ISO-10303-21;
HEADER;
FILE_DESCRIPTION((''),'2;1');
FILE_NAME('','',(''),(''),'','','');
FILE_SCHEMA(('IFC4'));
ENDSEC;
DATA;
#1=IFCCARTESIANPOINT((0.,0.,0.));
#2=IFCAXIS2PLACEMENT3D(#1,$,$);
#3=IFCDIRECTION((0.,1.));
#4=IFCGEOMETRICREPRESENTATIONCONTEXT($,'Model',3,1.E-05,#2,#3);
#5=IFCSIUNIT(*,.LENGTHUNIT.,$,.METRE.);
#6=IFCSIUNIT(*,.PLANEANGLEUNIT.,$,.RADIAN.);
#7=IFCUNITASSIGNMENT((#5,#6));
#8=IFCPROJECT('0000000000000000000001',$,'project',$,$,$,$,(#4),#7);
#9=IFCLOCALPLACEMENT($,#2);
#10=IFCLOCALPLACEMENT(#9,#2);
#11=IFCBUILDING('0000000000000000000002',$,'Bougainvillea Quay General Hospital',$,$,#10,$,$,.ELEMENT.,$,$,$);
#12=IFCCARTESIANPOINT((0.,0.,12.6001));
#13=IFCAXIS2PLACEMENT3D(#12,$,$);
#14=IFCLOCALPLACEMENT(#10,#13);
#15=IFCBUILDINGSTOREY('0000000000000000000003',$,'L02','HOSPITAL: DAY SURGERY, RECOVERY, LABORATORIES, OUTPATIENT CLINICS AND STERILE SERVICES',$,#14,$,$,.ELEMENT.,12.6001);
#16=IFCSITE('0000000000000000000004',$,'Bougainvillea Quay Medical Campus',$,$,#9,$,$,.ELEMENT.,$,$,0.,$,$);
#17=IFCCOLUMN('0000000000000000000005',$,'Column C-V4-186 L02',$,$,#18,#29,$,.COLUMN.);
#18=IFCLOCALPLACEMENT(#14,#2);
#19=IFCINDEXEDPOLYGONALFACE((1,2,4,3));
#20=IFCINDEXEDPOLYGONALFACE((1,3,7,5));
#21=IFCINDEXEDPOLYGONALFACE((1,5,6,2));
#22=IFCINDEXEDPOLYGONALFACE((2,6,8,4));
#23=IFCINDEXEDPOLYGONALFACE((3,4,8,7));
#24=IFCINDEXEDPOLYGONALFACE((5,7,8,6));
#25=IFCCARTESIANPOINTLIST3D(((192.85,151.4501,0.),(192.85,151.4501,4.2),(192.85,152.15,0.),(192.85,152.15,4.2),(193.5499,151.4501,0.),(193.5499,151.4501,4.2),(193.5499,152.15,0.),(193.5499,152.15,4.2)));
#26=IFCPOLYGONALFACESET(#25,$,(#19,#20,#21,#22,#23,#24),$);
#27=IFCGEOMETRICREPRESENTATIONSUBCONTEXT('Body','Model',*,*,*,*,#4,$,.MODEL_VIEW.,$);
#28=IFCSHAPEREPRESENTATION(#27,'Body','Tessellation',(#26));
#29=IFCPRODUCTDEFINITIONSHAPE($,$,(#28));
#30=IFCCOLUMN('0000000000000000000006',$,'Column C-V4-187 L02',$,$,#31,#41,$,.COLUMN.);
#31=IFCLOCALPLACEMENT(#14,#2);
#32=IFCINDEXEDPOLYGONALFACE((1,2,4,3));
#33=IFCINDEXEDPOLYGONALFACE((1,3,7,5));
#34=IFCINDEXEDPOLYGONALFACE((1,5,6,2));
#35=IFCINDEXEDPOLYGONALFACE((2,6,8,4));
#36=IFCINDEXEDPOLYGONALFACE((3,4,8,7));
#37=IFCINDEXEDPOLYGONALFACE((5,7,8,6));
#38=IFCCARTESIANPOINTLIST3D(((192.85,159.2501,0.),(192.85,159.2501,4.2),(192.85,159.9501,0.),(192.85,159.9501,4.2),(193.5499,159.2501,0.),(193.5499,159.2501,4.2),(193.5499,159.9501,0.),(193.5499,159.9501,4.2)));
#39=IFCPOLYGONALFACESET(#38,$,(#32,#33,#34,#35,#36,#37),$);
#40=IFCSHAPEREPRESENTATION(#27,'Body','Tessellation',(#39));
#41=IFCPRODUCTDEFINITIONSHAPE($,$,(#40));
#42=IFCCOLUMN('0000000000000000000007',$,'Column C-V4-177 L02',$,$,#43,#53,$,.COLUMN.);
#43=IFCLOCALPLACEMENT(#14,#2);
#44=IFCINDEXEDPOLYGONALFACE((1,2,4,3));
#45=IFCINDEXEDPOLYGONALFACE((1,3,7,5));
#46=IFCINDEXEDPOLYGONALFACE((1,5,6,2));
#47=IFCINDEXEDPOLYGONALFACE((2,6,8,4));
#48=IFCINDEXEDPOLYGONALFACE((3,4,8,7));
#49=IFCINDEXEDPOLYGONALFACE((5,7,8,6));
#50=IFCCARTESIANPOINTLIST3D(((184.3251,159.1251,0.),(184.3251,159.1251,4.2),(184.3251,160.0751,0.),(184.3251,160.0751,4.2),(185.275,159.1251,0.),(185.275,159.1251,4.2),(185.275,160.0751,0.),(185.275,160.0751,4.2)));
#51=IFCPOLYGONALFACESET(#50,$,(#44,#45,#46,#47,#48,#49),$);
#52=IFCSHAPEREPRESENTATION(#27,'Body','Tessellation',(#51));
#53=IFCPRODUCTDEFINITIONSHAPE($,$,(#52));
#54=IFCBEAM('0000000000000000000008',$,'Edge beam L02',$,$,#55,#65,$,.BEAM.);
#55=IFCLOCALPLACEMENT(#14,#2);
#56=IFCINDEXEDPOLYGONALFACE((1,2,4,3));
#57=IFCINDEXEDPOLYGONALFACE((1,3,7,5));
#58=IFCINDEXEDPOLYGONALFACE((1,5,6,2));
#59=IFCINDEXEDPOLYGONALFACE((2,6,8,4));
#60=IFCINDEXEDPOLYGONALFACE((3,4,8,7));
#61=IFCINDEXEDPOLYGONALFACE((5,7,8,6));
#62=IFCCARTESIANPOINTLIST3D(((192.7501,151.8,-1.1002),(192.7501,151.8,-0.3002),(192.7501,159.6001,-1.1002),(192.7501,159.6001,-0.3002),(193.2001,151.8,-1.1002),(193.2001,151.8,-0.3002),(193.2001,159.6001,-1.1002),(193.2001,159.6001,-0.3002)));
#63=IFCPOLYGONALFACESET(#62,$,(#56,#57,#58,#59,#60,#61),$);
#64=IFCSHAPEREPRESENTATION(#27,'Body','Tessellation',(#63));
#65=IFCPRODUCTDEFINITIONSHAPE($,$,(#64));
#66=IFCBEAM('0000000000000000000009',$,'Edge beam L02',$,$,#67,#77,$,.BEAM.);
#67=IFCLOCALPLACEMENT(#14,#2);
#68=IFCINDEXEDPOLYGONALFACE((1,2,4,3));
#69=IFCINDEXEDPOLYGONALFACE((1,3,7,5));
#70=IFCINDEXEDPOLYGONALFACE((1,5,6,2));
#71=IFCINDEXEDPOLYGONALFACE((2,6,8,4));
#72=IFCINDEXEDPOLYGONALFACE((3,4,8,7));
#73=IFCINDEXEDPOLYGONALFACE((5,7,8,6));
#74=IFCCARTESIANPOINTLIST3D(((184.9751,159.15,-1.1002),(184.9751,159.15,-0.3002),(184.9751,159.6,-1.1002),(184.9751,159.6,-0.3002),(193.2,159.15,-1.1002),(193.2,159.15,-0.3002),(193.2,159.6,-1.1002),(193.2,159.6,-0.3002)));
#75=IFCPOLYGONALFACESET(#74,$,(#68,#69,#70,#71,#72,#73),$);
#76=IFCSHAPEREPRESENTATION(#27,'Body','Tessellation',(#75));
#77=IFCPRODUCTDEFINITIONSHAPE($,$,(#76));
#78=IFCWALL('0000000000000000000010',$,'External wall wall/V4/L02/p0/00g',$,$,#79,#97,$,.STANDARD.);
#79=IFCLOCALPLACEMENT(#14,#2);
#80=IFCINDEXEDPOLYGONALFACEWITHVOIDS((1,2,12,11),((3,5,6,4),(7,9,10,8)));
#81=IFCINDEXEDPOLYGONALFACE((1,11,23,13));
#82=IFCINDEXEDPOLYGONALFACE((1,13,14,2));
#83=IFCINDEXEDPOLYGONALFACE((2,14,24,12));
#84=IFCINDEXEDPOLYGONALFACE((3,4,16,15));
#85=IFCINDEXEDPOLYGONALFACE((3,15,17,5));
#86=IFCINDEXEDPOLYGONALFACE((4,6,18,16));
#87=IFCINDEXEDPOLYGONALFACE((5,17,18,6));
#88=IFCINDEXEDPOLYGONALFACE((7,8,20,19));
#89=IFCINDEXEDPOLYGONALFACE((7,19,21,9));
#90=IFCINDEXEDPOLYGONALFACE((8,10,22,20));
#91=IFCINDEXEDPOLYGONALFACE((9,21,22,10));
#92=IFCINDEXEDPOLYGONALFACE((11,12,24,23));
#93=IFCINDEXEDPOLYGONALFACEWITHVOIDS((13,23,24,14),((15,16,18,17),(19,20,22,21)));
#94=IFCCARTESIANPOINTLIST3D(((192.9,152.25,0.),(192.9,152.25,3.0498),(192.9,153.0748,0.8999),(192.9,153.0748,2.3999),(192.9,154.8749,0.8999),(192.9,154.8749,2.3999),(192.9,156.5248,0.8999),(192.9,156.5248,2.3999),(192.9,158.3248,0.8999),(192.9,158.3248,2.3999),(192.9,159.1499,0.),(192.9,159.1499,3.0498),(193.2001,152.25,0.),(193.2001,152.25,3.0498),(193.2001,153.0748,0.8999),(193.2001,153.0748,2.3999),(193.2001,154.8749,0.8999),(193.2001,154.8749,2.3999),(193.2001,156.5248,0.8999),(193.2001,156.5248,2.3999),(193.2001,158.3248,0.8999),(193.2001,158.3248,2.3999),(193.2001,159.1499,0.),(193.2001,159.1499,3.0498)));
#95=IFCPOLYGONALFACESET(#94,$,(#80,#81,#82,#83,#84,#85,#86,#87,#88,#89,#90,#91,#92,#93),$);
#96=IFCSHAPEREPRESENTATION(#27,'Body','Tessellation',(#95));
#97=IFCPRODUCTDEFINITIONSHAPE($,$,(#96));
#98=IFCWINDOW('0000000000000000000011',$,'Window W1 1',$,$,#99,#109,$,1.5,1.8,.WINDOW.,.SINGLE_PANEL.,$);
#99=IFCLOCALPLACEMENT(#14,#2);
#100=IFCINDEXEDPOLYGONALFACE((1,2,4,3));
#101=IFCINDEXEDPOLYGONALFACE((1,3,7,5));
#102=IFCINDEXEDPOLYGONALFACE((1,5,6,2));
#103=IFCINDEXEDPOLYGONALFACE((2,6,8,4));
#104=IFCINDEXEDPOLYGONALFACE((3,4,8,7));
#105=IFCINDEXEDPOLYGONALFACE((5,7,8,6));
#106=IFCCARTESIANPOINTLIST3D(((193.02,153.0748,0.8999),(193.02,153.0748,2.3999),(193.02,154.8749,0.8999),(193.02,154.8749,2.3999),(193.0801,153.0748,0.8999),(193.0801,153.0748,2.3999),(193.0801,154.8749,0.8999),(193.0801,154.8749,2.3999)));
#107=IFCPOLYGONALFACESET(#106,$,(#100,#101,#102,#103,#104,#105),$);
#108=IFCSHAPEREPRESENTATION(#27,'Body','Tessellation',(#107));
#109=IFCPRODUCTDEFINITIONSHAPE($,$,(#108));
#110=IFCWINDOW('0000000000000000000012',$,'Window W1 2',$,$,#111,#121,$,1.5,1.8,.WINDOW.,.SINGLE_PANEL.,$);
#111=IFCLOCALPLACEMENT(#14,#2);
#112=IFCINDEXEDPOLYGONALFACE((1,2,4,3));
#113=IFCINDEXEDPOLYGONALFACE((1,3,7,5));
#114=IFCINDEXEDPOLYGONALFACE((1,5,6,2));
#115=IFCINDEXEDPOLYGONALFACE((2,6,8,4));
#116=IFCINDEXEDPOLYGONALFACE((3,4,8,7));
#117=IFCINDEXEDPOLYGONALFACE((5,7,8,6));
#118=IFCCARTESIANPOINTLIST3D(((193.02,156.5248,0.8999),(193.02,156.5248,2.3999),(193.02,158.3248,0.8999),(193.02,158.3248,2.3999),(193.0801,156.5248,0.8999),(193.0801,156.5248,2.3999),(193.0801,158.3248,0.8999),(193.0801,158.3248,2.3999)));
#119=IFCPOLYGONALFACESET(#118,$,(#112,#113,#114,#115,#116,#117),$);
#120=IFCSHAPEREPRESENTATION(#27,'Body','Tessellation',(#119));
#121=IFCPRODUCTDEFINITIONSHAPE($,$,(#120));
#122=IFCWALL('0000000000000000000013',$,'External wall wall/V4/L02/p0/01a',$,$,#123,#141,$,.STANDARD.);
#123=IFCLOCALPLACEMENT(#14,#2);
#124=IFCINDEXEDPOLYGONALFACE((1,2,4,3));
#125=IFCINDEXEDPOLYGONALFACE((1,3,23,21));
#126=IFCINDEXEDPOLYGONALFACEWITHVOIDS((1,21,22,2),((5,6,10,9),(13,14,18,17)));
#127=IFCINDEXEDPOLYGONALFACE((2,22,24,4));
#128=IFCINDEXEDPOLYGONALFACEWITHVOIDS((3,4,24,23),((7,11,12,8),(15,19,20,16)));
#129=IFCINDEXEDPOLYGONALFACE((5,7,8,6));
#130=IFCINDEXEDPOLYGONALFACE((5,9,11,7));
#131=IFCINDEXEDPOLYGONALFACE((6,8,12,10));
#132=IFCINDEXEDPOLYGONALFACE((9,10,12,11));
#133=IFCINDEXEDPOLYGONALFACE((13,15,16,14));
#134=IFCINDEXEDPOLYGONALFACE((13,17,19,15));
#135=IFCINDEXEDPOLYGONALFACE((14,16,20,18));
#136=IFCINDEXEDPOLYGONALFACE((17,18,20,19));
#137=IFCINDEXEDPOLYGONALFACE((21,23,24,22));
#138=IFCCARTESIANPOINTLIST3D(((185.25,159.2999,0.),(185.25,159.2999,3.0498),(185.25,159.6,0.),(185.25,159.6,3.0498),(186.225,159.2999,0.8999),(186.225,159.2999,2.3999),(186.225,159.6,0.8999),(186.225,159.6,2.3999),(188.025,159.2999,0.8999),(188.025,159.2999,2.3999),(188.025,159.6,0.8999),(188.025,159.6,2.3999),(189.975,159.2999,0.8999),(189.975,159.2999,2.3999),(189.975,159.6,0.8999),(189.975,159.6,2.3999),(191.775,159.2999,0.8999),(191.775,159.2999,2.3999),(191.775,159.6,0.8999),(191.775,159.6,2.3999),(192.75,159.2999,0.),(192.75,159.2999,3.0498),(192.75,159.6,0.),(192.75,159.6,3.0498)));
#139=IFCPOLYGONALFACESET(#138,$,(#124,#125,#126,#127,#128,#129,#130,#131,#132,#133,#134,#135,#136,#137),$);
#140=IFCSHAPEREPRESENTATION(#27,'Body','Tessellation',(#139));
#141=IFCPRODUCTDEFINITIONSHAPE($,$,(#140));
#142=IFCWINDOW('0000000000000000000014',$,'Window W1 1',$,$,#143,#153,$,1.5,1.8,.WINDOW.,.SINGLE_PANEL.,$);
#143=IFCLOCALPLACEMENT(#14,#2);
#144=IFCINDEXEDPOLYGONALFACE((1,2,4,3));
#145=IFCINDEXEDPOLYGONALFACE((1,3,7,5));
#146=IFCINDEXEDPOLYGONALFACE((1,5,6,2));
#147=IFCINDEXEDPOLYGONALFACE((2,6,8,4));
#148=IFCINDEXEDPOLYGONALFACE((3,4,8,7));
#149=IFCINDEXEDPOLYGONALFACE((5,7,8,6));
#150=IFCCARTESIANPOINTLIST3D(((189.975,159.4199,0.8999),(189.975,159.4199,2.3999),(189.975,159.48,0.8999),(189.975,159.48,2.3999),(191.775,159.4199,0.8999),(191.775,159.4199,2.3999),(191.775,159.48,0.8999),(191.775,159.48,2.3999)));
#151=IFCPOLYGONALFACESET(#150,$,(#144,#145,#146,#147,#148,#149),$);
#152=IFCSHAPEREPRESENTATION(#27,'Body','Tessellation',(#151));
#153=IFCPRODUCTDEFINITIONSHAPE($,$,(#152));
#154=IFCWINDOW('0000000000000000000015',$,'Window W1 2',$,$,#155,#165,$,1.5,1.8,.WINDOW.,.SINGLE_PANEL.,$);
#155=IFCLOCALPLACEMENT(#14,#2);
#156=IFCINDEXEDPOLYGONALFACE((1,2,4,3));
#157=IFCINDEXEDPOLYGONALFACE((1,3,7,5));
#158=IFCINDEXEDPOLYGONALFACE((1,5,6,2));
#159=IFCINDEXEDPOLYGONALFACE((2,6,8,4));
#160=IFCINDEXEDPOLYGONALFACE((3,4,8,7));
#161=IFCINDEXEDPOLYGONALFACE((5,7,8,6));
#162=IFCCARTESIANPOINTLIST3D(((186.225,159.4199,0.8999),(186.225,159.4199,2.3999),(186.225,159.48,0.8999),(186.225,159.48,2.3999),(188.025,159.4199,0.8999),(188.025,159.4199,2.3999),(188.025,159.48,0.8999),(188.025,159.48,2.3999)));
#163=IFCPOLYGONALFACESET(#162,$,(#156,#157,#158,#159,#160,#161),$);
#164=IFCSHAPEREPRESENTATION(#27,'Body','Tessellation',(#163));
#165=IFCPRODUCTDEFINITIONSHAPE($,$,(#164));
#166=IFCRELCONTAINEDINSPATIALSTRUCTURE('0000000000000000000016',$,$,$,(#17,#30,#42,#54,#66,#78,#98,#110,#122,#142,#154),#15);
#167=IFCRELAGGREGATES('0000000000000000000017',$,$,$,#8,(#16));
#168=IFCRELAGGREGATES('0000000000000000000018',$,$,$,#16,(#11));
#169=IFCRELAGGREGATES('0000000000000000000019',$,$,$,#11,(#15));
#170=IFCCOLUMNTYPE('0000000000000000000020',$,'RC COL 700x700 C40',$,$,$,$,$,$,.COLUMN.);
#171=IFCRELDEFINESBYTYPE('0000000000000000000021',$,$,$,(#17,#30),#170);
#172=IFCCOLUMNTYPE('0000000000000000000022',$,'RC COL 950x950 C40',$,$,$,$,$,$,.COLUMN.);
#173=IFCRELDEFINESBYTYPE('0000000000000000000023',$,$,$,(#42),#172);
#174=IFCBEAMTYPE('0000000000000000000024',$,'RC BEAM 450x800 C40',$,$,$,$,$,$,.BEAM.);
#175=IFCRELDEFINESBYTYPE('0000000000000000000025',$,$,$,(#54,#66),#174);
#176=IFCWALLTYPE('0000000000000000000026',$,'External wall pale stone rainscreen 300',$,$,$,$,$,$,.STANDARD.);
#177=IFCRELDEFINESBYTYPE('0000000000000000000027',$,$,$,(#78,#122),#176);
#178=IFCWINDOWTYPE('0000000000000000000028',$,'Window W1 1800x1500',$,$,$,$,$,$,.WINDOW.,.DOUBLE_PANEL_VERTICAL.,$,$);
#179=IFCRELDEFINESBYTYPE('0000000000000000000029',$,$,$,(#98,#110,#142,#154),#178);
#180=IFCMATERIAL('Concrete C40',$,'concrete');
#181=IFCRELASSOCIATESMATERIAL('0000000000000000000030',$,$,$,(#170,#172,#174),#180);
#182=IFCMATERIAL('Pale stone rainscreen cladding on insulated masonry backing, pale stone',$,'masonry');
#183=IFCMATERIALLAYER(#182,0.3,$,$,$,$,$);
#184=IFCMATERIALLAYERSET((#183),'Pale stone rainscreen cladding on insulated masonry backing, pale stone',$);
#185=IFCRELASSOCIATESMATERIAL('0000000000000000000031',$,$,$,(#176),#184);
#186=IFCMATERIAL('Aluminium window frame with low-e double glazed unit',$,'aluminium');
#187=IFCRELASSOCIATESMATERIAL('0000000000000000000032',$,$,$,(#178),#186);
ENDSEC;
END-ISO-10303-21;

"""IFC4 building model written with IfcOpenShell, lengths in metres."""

from ifc_helpers import new_model, si_unit, direction, frame, frame_2d, origin, origin_2d, place, context, subcontext, project, spatial, rectangle, extrude, material, layer, layer_set, material_profile, profile_set, type_object, element, fill, save


model = new_model("IFC4")

# Units and contexts
model_context = context("Model", 3, precision=1e-05, world=origin(), true_north=direction((0.0, 1.0)))
body_context = subcontext(model_context, "Body", "Model", "MODEL_VIEW")
ifc_project = project(units=[si_unit("LENGTHUNIT", "METRE"), si_unit("PLANEANGLEUNIT", "RADIAN")], contexts=[model_context])

# Site, building, storey
site_placement = place(None, origin())
site = spatial("IfcSite", under=ifc_project, at=site_placement, Name="Bougainvillea Quay Medical Campus", CompositionType="ELEMENT", RefElevation=0.0)
building_placement = place(site_placement, origin())
building = spatial("IfcBuilding", under=site, at=building_placement, Name="Bougainvillea Quay General Hospital", CompositionType="ELEMENT")
storey_placement = place(building_placement, frame((0.0, 0.0, 12.6001)))
storey = spatial("IfcBuildingStorey", under=building, at=storey_placement, Name="L02", Description="HOSPITAL: DAY SURGERY, RECOVERY, LABORATORIES, OUTPATIENT CLINICS AND STERILE SERVICES", CompositionType="ELEMENT", Elevation=12.6001)

# Columns
ifc_material_1 = material(Name="Concrete C40", Category="concrete")
ifc_material_profile_1 = material_profile(ifc_material_1, rectangle(XDim=0.7, YDim=0.7, at=origin_2d()))
ifc_profile_set_1 = profile_set([ifc_material_profile_1], Name="Concrete C40")
column_type_1 = type_object("IfcColumnType", Name="RC COL 700x700 C40", PredefinedType="COLUMN", material=ifc_profile_set_1)
for number, where, z_axis, x_axis, name in (
    (1, (193.2, 151.8, 0.0), (0.0, 0.0, 1.0), (1.0, 0.0, 0.0), "Column C-V4-186 L02"),
    (2, (193.2, 159.6001, 0.0), (0.0, 0.0, 1.0), (1.0, 0.0, 0.0), "Column C-V4-187 L02"),
):
    element("IfcColumn", number, at=place(storey_placement, frame(where, z_axis=z_axis, x_axis=x_axis)), inside=storey, type_object=column_type_1, Name=name, PredefinedType="COLUMN", context=body_context, shape_type="SweptSolid", body=[
        extrude(rectangle(XDim=0.7, YDim=0.7, at=origin_2d()), origin(), (0.0, 0.0, 1.0), 4.2),
    ])
ifc_material_profile_2 = material_profile(ifc_material_1, rectangle(XDim=0.95, YDim=0.95, at=origin_2d()))
ifc_profile_set_2 = profile_set([ifc_material_profile_2], Name="Concrete C40")
column_type_2 = type_object("IfcColumnType", Name="RC COL 950x950 C40", PredefinedType="COLUMN", material=ifc_profile_set_2)
column_placement = place(storey_placement, frame((184.8, 159.6001, 0.0), z_axis=(0.0, 0.0, 1.0), x_axis=(1.0, 0.0, 0.0)))
element("IfcColumn", 3, at=column_placement, inside=storey, type_object=column_type_2, Name="Column C-V4-177 L02", PredefinedType="COLUMN", context=body_context, shape_type="SweptSolid", body=[
    extrude(rectangle(XDim=0.95, YDim=0.95, at=origin_2d()), origin(), (0.0, 0.0, 1.0), 4.2),
])

# Beams
ifc_material_profile_3 = material_profile(ifc_material_1, rectangle(XDim=0.45, YDim=0.8, at=origin_2d()))
ifc_profile_set_3 = profile_set([ifc_material_profile_3], Name="Concrete C40")
beam_type = type_object("IfcBeamType", Name="RC BEAM 450x800 C40", PredefinedType="BEAM", material=ifc_profile_set_3)
beam_1_placement = place(storey_placement, frame((192.9751, 151.8, -0.7002), z_axis=(0.0, 1.0, 0.0), x_axis=(-1.0, 0.0, 0.0)))
element("IfcBeam", 4, at=beam_1_placement, inside=storey, type_object=beam_type, Name="Edge beam L02", PredefinedType="BEAM", context=body_context, shape_type="SweptSolid", body=[
    extrude(rectangle(XDim=0.45, YDim=0.8, at=origin_2d()), origin(), (0.0, 0.0, 1.0), 7.8),
])
beam_2_placement = place(storey_placement, frame((193.2, 159.375, -0.7002), z_axis=(-1.0, 0.0, 0.0), x_axis=(0.0, -1.0, 0.0)))
element("IfcBeam", 5, at=beam_2_placement, inside=storey, type_object=beam_type, Name="Edge beam L02", PredefinedType="BEAM", context=body_context, shape_type="SweptSolid", body=[
    extrude(rectangle(XDim=0.45, YDim=0.8, at=origin_2d()), origin(), (0.0, 0.0, 1.0), 8.2249),
])

# Walls, openings, windows
ifc_material_2 = material(Name="Pale stone rainscreen cladding on insulated masonry backing, pale stone", Category="masonry")
ifc_layer_1 = layer(ifc_material_2, 0.3)
ifc_layer_set_1 = layer_set([ifc_layer_1], Name="Pale stone rainscreen cladding on insulated masonry backing, pale stone")
wall_type_1 = type_object("IfcWallType", Name="External wall pale stone rainscreen 300", PredefinedType="STANDARD", material=ifc_layer_set_1)
wall_1_placement = place(storey_placement, frame((193.05, 152.25, 0.0), z_axis=(0.0, 0.0, 1.0), x_axis=(0.0, 1.0, 0.0)))
wall_1 = element("IfcWall", 6, at=wall_1_placement, inside=storey, type_object=wall_type_1, Name="External wall wall/V4/L02/p0/00g", PredefinedType="STANDARD", context=body_context, shape_type="SweptSolid", body=[
    extrude(rectangle(XDim=6.8999, YDim=0.3, at=frame_2d((3.45, 0.0))), origin(), (0.0, 0.0, 1.0), 3.0498),
])
opening_1_placement = place(wall_1_placement, frame((0.825, 0.0, 0.8999)))
opening_1 = element("IfcOpeningElement", 7, at=opening_1_placement, cuts=wall_1, PredefinedType="OPENING", context=body_context, shape_type="SweptSolid", body=[
    extrude(rectangle(XDim=1.8, YDim=1.5, at=frame_2d((0.8999, 0.75))), frame((0.0, 0.1599, 0.0), z_axis=(0.0, -1.0, 0.0), x_axis=(1.0, 0.0, 0.0)), (0.0, 0.0, 1.0), 0.3201),
])
opening_2_placement = place(wall_1_placement, frame((4.2749, 0.0, 0.8999)))
opening_2 = element("IfcOpeningElement", 8, at=opening_2_placement, cuts=wall_1, PredefinedType="OPENING", context=body_context, shape_type="SweptSolid", body=[
    extrude(rectangle(XDim=1.8, YDim=1.5, at=frame_2d((0.8999, 0.75))), frame((0.0, 0.1599, 0.0), z_axis=(0.0, -1.0, 0.0), x_axis=(1.0, 0.0, 0.0)), (0.0, 0.0, 1.0), 0.3201),
])
ifc_material_3 = material(Name="Aluminium window frame with low-e double glazed unit", Category="aluminium")
window_type = type_object("IfcWindowType", Name="Window W1 1800x1500", PartitioningType="DOUBLE_PANEL_VERTICAL", PredefinedType="WINDOW", material=ifc_material_3)
window_1_placement = place(opening_1_placement, origin())
window_1 = element("IfcWindow", 9, at=window_1_placement, inside=storey, type_object=window_type, Name="Window W1 1", OverallHeight=1.5, OverallWidth=1.8, PartitioningType="SINGLE_PANEL", PredefinedType="WINDOW", context=body_context, shape_type="SweptSolid", body=[
    extrude(rectangle(XDim=1.8, YDim=1.5, at=frame_2d((0.8999, 0.75))), frame((0.0, 0.03, 0.0), z_axis=(0.0, -1.0, 0.0), x_axis=(1.0, 0.0, 0.0)), (0.0, 0.0, 1.0), 0.0601),
])
fill(opening_1, window_1)
window_2_placement = place(opening_2_placement, origin())
window_2 = element("IfcWindow", 10, at=window_2_placement, inside=storey, type_object=window_type, Name="Window W1 2", OverallHeight=1.5, OverallWidth=1.8, PartitioningType="SINGLE_PANEL", PredefinedType="WINDOW", context=body_context, shape_type="SweptSolid", body=[
    extrude(rectangle(XDim=1.8, YDim=1.5, at=frame_2d((0.8999, 0.75))), frame((0.0, 0.03, 0.0), z_axis=(0.0, -1.0, 0.0), x_axis=(1.0, 0.0, 0.0)), (0.0, 0.0, 1.0), 0.0601),
])
fill(opening_2, window_2)
wall_2_placement = place(storey_placement, frame((192.75, 159.45, 0.0), z_axis=(0.0, 0.0, 1.0), x_axis=(-1.0, 0.0, 0.0)))
wall_2 = element("IfcWall", 11, at=wall_2_placement, inside=storey, type_object=wall_type_1, Name="External wall wall/V4/L02/p0/01a", PredefinedType="STANDARD", context=body_context, shape_type="SweptSolid", body=[
    extrude(rectangle(XDim=7.5, YDim=0.3, at=frame_2d((3.75, 0.0))), origin(), (0.0, 0.0, 1.0), 3.0498),
])
opening_3_placement = place(wall_2_placement, frame((0.9751, 0.0, 0.8999)))
opening_3 = element("IfcOpeningElement", 12, at=opening_3_placement, cuts=wall_2, PredefinedType="OPENING", context=body_context, shape_type="SweptSolid", body=[
    extrude(rectangle(XDim=1.8, YDim=1.5, at=frame_2d((0.8999, 0.75))), frame((0.0, 0.1599, 0.0), z_axis=(0.0, -1.0, 0.0), x_axis=(1.0, 0.0, 0.0)), (0.0, 0.0, 1.0), 0.3201),
])
opening_4_placement = place(wall_2_placement, frame((4.7251, 0.0, 0.8999)))
opening_4 = element("IfcOpeningElement", 13, at=opening_4_placement, cuts=wall_2, PredefinedType="OPENING", context=body_context, shape_type="SweptSolid", body=[
    extrude(rectangle(XDim=1.8, YDim=1.5, at=frame_2d((0.8999, 0.75))), frame((0.0, 0.1599, 0.0), z_axis=(0.0, -1.0, 0.0), x_axis=(1.0, 0.0, 0.0)), (0.0, 0.0, 1.0), 0.3201),
])
window_3_placement = place(opening_3_placement, origin())
window_3 = element("IfcWindow", 14, at=window_3_placement, inside=storey, type_object=window_type, Name="Window W1 1", OverallHeight=1.5, OverallWidth=1.8, PartitioningType="SINGLE_PANEL", PredefinedType="WINDOW", context=body_context, shape_type="SweptSolid", body=[
    extrude(rectangle(XDim=1.8, YDim=1.5, at=frame_2d((0.8999, 0.75))), frame((0.0, 0.03, 0.0), z_axis=(0.0, -1.0, 0.0), x_axis=(1.0, 0.0, 0.0)), (0.0, 0.0, 1.0), 0.0601),
])
fill(opening_3, window_3)
window_4_placement = place(opening_4_placement, origin())
window_4 = element("IfcWindow", 15, at=window_4_placement, inside=storey, type_object=window_type, Name="Window W1 2", OverallHeight=1.5, OverallWidth=1.8, PartitioningType="SINGLE_PANEL", PredefinedType="WINDOW", context=body_context, shape_type="SweptSolid", body=[
    extrude(rectangle(XDim=1.8, YDim=1.5, at=frame_2d((0.8999, 0.75))), frame((0.0, 0.03, 0.0), z_axis=(0.0, -1.0, 0.0), x_axis=(1.0, 0.0, 0.0)), (0.0, 0.0, 1.0), 0.0601),
])
fill(opening_4, window_4)

save(model, "model.ifc")
